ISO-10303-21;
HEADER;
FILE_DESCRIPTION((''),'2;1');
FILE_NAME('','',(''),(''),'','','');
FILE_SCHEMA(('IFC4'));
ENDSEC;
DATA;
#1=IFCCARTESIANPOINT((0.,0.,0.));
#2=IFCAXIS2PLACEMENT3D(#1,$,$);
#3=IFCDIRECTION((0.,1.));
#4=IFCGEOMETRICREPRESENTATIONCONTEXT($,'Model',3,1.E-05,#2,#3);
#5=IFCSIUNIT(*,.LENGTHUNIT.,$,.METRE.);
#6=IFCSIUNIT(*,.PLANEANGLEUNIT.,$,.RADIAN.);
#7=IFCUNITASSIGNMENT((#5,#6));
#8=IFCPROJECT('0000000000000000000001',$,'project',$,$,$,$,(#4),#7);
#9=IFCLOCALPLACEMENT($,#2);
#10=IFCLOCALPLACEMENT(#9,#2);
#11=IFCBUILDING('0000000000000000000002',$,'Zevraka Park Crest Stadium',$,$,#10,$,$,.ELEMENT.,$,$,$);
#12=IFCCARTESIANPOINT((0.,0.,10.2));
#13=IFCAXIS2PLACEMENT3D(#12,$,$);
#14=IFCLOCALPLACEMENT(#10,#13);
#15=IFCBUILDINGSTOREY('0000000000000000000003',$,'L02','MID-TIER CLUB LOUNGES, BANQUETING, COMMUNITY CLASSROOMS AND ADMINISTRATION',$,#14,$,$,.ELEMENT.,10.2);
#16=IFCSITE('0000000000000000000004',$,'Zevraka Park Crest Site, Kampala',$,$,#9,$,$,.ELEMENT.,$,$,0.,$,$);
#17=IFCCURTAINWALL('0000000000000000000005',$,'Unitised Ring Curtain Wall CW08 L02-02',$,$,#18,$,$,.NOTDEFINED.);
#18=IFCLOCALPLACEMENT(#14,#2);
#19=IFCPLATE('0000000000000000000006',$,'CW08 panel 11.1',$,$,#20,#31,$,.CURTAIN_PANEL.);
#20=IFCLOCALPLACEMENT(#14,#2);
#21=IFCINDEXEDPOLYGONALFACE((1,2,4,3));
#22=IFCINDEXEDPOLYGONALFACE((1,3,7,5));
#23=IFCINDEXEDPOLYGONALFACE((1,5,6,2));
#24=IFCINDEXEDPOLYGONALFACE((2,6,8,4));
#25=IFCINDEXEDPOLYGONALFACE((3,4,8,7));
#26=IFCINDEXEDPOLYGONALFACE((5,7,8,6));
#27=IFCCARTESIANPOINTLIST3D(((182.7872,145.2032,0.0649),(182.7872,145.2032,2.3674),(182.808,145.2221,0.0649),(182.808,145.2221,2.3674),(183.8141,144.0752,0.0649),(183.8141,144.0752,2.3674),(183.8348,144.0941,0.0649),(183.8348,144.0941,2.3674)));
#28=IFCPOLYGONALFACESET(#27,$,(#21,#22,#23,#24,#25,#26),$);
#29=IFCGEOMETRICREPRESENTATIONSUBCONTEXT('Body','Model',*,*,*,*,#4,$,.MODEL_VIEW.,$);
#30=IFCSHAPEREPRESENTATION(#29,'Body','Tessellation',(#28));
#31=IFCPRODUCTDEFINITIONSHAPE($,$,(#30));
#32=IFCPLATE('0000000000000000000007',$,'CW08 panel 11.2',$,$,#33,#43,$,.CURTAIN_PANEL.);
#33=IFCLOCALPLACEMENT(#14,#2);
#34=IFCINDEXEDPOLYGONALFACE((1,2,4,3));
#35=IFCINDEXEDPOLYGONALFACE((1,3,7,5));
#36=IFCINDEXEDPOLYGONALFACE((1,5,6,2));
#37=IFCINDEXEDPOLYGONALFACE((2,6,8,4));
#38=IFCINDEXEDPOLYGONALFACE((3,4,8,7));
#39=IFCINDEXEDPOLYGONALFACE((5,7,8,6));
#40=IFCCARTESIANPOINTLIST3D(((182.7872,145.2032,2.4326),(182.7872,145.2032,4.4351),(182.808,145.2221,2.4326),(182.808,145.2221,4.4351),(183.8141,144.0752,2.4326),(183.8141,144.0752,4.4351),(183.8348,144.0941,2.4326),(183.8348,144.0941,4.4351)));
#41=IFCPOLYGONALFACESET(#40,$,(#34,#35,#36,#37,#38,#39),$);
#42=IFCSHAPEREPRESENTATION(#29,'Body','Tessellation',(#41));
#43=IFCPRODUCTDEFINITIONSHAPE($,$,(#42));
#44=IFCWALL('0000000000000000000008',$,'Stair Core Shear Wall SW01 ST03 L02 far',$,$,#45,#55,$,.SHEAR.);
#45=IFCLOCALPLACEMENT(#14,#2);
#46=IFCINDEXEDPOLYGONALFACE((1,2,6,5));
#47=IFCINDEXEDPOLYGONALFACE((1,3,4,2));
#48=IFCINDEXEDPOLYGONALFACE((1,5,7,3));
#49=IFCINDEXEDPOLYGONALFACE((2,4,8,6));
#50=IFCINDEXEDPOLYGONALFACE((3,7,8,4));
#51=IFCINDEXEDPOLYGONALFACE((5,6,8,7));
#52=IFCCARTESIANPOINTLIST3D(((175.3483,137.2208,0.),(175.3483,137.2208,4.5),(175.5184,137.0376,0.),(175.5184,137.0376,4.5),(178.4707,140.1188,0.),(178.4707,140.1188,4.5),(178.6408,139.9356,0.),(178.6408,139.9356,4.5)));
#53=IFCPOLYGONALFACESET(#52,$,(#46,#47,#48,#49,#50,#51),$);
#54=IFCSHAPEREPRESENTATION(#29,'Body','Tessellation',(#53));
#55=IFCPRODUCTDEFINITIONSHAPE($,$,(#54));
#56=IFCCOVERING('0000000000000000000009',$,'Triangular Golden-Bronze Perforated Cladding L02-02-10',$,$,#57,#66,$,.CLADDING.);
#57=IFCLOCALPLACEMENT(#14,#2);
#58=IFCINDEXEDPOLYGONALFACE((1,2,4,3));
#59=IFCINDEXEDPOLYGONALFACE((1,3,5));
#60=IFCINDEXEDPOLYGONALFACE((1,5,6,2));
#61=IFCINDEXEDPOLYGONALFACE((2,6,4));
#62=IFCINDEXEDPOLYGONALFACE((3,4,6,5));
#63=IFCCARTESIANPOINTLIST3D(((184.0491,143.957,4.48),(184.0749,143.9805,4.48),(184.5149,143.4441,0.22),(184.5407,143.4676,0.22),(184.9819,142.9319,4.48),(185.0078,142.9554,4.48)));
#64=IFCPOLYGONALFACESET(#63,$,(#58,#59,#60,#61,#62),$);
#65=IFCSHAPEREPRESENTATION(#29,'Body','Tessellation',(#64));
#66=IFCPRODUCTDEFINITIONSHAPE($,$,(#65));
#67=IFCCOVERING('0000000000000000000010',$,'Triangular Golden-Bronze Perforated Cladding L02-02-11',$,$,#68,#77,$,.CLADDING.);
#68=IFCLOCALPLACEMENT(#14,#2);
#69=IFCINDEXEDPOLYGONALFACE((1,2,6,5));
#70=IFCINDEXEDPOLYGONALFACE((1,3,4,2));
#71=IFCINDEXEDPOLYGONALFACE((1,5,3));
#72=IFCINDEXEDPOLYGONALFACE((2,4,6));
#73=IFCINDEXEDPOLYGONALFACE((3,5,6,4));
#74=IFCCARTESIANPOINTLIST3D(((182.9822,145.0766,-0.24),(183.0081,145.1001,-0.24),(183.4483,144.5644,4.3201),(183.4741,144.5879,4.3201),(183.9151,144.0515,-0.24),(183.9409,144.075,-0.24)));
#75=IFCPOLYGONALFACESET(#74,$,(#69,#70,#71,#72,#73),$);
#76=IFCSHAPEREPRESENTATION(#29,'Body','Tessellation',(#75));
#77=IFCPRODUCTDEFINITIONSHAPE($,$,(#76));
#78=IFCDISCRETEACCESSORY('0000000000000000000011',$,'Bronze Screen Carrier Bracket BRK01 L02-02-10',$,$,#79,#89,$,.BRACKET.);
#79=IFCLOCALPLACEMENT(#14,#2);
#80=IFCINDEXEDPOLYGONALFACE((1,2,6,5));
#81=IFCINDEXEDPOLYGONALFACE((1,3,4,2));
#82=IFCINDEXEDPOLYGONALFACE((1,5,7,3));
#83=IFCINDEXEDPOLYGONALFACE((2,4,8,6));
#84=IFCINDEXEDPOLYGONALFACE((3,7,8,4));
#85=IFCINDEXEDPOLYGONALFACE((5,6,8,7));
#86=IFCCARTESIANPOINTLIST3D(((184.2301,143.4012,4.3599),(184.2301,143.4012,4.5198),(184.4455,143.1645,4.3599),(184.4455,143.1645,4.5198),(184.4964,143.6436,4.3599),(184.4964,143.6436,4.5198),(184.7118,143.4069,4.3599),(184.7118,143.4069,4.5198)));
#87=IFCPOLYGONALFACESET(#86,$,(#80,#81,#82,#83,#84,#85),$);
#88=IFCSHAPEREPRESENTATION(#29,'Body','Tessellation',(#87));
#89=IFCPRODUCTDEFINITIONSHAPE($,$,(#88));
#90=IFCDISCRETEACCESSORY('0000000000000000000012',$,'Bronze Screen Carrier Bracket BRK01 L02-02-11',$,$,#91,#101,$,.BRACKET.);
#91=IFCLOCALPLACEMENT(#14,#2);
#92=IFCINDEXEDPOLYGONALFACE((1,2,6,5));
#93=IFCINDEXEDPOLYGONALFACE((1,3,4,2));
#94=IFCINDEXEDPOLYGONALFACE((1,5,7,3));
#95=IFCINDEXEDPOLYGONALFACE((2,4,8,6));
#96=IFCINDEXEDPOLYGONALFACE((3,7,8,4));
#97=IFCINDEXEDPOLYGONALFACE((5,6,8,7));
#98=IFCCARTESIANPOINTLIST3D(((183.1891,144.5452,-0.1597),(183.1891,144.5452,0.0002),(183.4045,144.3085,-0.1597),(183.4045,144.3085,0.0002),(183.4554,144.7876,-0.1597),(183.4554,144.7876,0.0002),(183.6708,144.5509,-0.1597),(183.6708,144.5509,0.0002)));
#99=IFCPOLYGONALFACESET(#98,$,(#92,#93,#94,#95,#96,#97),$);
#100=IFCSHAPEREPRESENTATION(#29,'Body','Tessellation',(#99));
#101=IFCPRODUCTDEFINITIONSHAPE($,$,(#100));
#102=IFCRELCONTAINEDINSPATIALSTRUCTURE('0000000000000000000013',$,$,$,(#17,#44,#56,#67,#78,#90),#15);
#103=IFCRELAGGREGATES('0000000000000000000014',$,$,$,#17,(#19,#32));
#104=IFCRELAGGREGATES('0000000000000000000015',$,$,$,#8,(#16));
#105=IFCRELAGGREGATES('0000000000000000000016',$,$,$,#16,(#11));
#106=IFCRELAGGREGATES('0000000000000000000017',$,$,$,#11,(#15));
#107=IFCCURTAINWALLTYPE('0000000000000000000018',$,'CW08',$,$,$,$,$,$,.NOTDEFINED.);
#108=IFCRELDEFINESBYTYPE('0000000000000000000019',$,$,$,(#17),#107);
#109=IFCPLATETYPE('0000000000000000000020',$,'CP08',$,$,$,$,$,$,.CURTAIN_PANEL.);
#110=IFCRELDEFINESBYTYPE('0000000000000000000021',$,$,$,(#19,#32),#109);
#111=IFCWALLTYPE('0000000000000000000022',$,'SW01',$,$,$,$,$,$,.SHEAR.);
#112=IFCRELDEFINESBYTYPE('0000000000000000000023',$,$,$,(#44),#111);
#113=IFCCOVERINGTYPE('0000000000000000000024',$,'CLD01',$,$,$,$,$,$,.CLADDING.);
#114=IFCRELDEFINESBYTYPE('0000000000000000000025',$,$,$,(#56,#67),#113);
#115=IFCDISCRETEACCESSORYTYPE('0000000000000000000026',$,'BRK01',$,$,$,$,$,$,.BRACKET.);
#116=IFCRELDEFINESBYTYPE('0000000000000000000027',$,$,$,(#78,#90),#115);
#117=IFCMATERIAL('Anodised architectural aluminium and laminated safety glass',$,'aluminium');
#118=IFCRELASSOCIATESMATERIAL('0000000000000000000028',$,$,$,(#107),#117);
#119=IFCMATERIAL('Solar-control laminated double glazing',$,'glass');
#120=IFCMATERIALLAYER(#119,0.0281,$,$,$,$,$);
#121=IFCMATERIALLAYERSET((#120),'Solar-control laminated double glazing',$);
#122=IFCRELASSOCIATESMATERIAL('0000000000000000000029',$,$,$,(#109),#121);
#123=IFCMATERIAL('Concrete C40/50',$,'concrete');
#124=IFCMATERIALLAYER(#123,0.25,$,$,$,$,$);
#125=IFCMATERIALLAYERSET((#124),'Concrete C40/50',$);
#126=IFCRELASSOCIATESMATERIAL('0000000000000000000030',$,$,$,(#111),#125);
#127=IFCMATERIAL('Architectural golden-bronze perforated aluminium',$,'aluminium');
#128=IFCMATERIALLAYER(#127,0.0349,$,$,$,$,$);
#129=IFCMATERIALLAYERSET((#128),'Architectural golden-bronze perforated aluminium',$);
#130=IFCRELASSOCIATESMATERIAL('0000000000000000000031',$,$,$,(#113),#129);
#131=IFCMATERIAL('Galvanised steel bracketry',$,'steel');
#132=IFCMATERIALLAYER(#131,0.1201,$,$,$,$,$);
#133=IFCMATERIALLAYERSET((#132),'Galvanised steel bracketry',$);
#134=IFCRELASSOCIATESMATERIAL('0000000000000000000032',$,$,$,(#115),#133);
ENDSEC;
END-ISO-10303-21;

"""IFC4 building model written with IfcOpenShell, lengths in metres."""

from ifc_helpers import new_model, si_unit, direction, frame, frame_2d, origin, origin_2d, place, context, subcontext, project, spatial, polyline, rectangle, outline, extrude, material, layer, layer_set, type_object, element, aggregate, save


model = new_model("IFC4")

# Units and contexts
model_context = context("Model", 3, precision=1e-05, world=origin(), true_north=direction((0.0, 1.0)))
body_context = subcontext(model_context, "Body", "Model", "MODEL_VIEW")
ifc_project = project(units=[si_unit("LENGTHUNIT", "METRE"), si_unit("PLANEANGLEUNIT", "RADIAN")], contexts=[model_context])

# Site, building, storey
site_placement = place(None, origin())
site = spatial("IfcSite", under=ifc_project, at=site_placement, Name="Zevraka Park Crest Site, Kampala", CompositionType="ELEMENT", RefElevation=0.0)
building_placement = place(site_placement, origin())
building = spatial("IfcBuilding", under=site, at=building_placement, Name="Zevraka Park Crest Stadium", CompositionType="ELEMENT")
storey_placement = place(building_placement, frame((0.0, 0.0, 10.2)))
storey = spatial("IfcBuildingStorey", under=building, at=storey_placement, Name="L02", Description="MID-TIER CLUB LOUNGES, BANQUETING, COMMUNITY CLASSROOMS AND ADMINISTRATION", CompositionType="ELEMENT", Elevation=10.2)

# Curtain wall, plates
ifc_material_1 = material(Name="Anodised architectural aluminium and laminated safety glass", Category="aluminium")
curtain_wall_type = type_object("IfcCurtainWallType", Name="CW08", PredefinedType="NOTDEFINED", material=ifc_material_1)
curtain_wall_placement = place(storey_placement, origin())
curtain_wall = element("IfcCurtainWall", 1, at=curtain_wall_placement, inside=storey, type_object=curtain_wall_type, Name="Unitised Ring Curtain Wall CW08 L02-02", PredefinedType="NOTDEFINED")
ifc_material_2 = material(Name="Solar-control laminated double glazing", Category="glass")
ifc_layer_1 = layer(ifc_material_2, 0.0281)
ifc_layer_set_1 = layer_set([ifc_layer_1], Name="Solar-control laminated double glazing")
plate_type = type_object("IfcPlateType", Name="CP08", PredefinedType="CURTAIN_PANEL", material=ifc_layer_set_1)
plate_1_placement = place(storey_placement, frame((183.311, 144.6487, 0.0649), z_axis=(0.0, 0.0, 1.0), x_axis=(-0.67316, 0.739497, 0.0)))
plate_1 = element("IfcPlate", 2, at=plate_1_placement, type_object=plate_type, Name="CW08 panel 11.1", PredefinedType="CURTAIN_PANEL", context=body_context, shape_type="SweptSolid", body=[
    extrude(rectangle(XDim=1.5254, YDim=0.0281, at=origin_2d()), origin(), (0.0, 0.0, 1.0), 2.3025),
])
plate_2_placement = place(storey_placement, frame((183.311, 144.6487, 2.4326), z_axis=(0.0, 0.0, 1.0), x_axis=(-0.67316, 0.739497, 0.0)))
plate_2 = element("IfcPlate", 3, at=plate_2_placement, type_object=plate_type, Name="CW08 panel 11.2", PredefinedType="CURTAIN_PANEL", context=body_context, shape_type="SweptSolid", body=[
    extrude(rectangle(XDim=1.5254, YDim=0.0281, at=origin_2d()), origin(), (0.0, 0.0, 1.0), 2.0024),
])
aggregate(curtain_wall, [plate_1, plate_2])

# Wall
ifc_material_3 = material(Name="Concrete C40/50", Category="concrete")
ifc_layer_2 = layer(ifc_material_3, 0.25)
ifc_layer_set_2 = layer_set([ifc_layer_2], Name="Concrete C40/50")
wall_type = type_object("IfcWallType", Name="SW01", PredefinedType="SHEAR", material=ifc_layer_set_2)
wall_placement = place(storey_placement, frame((178.5557, 140.0271, 0.0), z_axis=(0.0, 0.0, 1.0), x_axis=(-0.732951, -0.680282, 0.0)))
element("IfcWall", 4, at=wall_placement, inside=storey, type_object=wall_type, Name="Stair Core Shear Wall SW01 ST03 L02 far", PredefinedType="SHEAR", context=body_context, shape_type="SweptSolid", body=[
    extrude(rectangle(XDim=4.26, YDim=0.25, at=frame_2d((2.1299, 0.0))), origin(), (0.0, 0.0, 1.0), 4.5),
])

# Coverings
ifc_material_4 = material(Name="Architectural golden-bronze perforated aluminium", Category="aluminium")
ifc_layer_3 = layer(ifc_material_4, 0.0349)
ifc_layer_set_3 = layer_set([ifc_layer_3], Name="Architectural golden-bronze perforated aluminium")
covering_type = type_object("IfcCoveringType", Name="CLD01", PredefinedType="CLADDING", material=ifc_layer_set_3)
covering_1_placement = place(storey_placement, frame((184.0491, 143.957, 4.48), z_axis=(-0.739613, -0.673032, 0.000164), x_axis=(0.673032, -0.739613, 0.0)))
element("IfcCovering", 5, at=covering_1_placement, inside=storey, type_object=covering_type, Name="Triangular Golden-Bronze Perforated Cladding L02-02-10", PredefinedType="CLADDING", context=body_context, shape_type="SweptSolid", body=[
    extrude(outline(polyline([(0.0, 0.0), (1.3861, 0.0), (0.6929, -4.26), (0.0, 0.0)])), origin(), (0.0, 0.0, -1.0), 0.0349),
])
covering_2_placement = place(storey_placement, frame((183.9409, 144.075, -0.24), z_axis=(0.739613, 0.673032, 0.000005), x_axis=(-0.673032, 0.739613, 0.0)))
element("IfcCovering", 6, at=covering_2_placement, inside=storey, type_object=covering_type, Name="Triangular Golden-Bronze Perforated Cladding L02-02-11", PredefinedType="CLADDING", context=body_context, shape_type="SweptSolid", body=[
    extrude(outline(polyline([(0.0, 0.0), (1.3861, 0.0), (0.6935, 4.5601), (0.0, 0.0)])), origin(), (0.0, 0.0, -1.0), 0.0349),
])

# Discrete accessories
ifc_material_5 = material(Name="Galvanised steel bracketry", Category="steel")
ifc_layer_4 = layer(ifc_material_5, 0.1201)
ifc_layer_set_4 = layer_set([ifc_layer_4], Name="Galvanised steel bracketry")
discrete_accessory_type = type_object("IfcDiscreteAccessoryType", Name="BRK01", PredefinedType="BRACKET", material=ifc_layer_set_4)
for number, where, z_axis, x_axis, name in (
    (7, (184.4709, 143.4041, 4.3599), (0.0, 0.0, 1.0), (-0.673142, 0.739514, 0.0), "Bronze Screen Carrier Bracket BRK01 L02-02-10"),
    (8, (183.4299, 144.5481, -0.1597), (0.0, 0.0, 1.0), (-0.673142, 0.739514, 0.0), "Bronze Screen Carrier Bracket BRK01 L02-02-11"),
):
    element("IfcDiscreteAccessory", number, at=place(storey_placement, frame(where, z_axis=z_axis, x_axis=x_axis)), inside=storey, type_object=discrete_accessory_type, Name=name, PredefinedType="BRACKET", context=body_context, shape_type="SweptSolid", body=[
        extrude(rectangle(XDim=0.3201, YDim=0.3601, at=origin_2d()), origin(), (0.0, 0.0, 1.0), 0.1599),
    ])

save(model, "model.ifc")
